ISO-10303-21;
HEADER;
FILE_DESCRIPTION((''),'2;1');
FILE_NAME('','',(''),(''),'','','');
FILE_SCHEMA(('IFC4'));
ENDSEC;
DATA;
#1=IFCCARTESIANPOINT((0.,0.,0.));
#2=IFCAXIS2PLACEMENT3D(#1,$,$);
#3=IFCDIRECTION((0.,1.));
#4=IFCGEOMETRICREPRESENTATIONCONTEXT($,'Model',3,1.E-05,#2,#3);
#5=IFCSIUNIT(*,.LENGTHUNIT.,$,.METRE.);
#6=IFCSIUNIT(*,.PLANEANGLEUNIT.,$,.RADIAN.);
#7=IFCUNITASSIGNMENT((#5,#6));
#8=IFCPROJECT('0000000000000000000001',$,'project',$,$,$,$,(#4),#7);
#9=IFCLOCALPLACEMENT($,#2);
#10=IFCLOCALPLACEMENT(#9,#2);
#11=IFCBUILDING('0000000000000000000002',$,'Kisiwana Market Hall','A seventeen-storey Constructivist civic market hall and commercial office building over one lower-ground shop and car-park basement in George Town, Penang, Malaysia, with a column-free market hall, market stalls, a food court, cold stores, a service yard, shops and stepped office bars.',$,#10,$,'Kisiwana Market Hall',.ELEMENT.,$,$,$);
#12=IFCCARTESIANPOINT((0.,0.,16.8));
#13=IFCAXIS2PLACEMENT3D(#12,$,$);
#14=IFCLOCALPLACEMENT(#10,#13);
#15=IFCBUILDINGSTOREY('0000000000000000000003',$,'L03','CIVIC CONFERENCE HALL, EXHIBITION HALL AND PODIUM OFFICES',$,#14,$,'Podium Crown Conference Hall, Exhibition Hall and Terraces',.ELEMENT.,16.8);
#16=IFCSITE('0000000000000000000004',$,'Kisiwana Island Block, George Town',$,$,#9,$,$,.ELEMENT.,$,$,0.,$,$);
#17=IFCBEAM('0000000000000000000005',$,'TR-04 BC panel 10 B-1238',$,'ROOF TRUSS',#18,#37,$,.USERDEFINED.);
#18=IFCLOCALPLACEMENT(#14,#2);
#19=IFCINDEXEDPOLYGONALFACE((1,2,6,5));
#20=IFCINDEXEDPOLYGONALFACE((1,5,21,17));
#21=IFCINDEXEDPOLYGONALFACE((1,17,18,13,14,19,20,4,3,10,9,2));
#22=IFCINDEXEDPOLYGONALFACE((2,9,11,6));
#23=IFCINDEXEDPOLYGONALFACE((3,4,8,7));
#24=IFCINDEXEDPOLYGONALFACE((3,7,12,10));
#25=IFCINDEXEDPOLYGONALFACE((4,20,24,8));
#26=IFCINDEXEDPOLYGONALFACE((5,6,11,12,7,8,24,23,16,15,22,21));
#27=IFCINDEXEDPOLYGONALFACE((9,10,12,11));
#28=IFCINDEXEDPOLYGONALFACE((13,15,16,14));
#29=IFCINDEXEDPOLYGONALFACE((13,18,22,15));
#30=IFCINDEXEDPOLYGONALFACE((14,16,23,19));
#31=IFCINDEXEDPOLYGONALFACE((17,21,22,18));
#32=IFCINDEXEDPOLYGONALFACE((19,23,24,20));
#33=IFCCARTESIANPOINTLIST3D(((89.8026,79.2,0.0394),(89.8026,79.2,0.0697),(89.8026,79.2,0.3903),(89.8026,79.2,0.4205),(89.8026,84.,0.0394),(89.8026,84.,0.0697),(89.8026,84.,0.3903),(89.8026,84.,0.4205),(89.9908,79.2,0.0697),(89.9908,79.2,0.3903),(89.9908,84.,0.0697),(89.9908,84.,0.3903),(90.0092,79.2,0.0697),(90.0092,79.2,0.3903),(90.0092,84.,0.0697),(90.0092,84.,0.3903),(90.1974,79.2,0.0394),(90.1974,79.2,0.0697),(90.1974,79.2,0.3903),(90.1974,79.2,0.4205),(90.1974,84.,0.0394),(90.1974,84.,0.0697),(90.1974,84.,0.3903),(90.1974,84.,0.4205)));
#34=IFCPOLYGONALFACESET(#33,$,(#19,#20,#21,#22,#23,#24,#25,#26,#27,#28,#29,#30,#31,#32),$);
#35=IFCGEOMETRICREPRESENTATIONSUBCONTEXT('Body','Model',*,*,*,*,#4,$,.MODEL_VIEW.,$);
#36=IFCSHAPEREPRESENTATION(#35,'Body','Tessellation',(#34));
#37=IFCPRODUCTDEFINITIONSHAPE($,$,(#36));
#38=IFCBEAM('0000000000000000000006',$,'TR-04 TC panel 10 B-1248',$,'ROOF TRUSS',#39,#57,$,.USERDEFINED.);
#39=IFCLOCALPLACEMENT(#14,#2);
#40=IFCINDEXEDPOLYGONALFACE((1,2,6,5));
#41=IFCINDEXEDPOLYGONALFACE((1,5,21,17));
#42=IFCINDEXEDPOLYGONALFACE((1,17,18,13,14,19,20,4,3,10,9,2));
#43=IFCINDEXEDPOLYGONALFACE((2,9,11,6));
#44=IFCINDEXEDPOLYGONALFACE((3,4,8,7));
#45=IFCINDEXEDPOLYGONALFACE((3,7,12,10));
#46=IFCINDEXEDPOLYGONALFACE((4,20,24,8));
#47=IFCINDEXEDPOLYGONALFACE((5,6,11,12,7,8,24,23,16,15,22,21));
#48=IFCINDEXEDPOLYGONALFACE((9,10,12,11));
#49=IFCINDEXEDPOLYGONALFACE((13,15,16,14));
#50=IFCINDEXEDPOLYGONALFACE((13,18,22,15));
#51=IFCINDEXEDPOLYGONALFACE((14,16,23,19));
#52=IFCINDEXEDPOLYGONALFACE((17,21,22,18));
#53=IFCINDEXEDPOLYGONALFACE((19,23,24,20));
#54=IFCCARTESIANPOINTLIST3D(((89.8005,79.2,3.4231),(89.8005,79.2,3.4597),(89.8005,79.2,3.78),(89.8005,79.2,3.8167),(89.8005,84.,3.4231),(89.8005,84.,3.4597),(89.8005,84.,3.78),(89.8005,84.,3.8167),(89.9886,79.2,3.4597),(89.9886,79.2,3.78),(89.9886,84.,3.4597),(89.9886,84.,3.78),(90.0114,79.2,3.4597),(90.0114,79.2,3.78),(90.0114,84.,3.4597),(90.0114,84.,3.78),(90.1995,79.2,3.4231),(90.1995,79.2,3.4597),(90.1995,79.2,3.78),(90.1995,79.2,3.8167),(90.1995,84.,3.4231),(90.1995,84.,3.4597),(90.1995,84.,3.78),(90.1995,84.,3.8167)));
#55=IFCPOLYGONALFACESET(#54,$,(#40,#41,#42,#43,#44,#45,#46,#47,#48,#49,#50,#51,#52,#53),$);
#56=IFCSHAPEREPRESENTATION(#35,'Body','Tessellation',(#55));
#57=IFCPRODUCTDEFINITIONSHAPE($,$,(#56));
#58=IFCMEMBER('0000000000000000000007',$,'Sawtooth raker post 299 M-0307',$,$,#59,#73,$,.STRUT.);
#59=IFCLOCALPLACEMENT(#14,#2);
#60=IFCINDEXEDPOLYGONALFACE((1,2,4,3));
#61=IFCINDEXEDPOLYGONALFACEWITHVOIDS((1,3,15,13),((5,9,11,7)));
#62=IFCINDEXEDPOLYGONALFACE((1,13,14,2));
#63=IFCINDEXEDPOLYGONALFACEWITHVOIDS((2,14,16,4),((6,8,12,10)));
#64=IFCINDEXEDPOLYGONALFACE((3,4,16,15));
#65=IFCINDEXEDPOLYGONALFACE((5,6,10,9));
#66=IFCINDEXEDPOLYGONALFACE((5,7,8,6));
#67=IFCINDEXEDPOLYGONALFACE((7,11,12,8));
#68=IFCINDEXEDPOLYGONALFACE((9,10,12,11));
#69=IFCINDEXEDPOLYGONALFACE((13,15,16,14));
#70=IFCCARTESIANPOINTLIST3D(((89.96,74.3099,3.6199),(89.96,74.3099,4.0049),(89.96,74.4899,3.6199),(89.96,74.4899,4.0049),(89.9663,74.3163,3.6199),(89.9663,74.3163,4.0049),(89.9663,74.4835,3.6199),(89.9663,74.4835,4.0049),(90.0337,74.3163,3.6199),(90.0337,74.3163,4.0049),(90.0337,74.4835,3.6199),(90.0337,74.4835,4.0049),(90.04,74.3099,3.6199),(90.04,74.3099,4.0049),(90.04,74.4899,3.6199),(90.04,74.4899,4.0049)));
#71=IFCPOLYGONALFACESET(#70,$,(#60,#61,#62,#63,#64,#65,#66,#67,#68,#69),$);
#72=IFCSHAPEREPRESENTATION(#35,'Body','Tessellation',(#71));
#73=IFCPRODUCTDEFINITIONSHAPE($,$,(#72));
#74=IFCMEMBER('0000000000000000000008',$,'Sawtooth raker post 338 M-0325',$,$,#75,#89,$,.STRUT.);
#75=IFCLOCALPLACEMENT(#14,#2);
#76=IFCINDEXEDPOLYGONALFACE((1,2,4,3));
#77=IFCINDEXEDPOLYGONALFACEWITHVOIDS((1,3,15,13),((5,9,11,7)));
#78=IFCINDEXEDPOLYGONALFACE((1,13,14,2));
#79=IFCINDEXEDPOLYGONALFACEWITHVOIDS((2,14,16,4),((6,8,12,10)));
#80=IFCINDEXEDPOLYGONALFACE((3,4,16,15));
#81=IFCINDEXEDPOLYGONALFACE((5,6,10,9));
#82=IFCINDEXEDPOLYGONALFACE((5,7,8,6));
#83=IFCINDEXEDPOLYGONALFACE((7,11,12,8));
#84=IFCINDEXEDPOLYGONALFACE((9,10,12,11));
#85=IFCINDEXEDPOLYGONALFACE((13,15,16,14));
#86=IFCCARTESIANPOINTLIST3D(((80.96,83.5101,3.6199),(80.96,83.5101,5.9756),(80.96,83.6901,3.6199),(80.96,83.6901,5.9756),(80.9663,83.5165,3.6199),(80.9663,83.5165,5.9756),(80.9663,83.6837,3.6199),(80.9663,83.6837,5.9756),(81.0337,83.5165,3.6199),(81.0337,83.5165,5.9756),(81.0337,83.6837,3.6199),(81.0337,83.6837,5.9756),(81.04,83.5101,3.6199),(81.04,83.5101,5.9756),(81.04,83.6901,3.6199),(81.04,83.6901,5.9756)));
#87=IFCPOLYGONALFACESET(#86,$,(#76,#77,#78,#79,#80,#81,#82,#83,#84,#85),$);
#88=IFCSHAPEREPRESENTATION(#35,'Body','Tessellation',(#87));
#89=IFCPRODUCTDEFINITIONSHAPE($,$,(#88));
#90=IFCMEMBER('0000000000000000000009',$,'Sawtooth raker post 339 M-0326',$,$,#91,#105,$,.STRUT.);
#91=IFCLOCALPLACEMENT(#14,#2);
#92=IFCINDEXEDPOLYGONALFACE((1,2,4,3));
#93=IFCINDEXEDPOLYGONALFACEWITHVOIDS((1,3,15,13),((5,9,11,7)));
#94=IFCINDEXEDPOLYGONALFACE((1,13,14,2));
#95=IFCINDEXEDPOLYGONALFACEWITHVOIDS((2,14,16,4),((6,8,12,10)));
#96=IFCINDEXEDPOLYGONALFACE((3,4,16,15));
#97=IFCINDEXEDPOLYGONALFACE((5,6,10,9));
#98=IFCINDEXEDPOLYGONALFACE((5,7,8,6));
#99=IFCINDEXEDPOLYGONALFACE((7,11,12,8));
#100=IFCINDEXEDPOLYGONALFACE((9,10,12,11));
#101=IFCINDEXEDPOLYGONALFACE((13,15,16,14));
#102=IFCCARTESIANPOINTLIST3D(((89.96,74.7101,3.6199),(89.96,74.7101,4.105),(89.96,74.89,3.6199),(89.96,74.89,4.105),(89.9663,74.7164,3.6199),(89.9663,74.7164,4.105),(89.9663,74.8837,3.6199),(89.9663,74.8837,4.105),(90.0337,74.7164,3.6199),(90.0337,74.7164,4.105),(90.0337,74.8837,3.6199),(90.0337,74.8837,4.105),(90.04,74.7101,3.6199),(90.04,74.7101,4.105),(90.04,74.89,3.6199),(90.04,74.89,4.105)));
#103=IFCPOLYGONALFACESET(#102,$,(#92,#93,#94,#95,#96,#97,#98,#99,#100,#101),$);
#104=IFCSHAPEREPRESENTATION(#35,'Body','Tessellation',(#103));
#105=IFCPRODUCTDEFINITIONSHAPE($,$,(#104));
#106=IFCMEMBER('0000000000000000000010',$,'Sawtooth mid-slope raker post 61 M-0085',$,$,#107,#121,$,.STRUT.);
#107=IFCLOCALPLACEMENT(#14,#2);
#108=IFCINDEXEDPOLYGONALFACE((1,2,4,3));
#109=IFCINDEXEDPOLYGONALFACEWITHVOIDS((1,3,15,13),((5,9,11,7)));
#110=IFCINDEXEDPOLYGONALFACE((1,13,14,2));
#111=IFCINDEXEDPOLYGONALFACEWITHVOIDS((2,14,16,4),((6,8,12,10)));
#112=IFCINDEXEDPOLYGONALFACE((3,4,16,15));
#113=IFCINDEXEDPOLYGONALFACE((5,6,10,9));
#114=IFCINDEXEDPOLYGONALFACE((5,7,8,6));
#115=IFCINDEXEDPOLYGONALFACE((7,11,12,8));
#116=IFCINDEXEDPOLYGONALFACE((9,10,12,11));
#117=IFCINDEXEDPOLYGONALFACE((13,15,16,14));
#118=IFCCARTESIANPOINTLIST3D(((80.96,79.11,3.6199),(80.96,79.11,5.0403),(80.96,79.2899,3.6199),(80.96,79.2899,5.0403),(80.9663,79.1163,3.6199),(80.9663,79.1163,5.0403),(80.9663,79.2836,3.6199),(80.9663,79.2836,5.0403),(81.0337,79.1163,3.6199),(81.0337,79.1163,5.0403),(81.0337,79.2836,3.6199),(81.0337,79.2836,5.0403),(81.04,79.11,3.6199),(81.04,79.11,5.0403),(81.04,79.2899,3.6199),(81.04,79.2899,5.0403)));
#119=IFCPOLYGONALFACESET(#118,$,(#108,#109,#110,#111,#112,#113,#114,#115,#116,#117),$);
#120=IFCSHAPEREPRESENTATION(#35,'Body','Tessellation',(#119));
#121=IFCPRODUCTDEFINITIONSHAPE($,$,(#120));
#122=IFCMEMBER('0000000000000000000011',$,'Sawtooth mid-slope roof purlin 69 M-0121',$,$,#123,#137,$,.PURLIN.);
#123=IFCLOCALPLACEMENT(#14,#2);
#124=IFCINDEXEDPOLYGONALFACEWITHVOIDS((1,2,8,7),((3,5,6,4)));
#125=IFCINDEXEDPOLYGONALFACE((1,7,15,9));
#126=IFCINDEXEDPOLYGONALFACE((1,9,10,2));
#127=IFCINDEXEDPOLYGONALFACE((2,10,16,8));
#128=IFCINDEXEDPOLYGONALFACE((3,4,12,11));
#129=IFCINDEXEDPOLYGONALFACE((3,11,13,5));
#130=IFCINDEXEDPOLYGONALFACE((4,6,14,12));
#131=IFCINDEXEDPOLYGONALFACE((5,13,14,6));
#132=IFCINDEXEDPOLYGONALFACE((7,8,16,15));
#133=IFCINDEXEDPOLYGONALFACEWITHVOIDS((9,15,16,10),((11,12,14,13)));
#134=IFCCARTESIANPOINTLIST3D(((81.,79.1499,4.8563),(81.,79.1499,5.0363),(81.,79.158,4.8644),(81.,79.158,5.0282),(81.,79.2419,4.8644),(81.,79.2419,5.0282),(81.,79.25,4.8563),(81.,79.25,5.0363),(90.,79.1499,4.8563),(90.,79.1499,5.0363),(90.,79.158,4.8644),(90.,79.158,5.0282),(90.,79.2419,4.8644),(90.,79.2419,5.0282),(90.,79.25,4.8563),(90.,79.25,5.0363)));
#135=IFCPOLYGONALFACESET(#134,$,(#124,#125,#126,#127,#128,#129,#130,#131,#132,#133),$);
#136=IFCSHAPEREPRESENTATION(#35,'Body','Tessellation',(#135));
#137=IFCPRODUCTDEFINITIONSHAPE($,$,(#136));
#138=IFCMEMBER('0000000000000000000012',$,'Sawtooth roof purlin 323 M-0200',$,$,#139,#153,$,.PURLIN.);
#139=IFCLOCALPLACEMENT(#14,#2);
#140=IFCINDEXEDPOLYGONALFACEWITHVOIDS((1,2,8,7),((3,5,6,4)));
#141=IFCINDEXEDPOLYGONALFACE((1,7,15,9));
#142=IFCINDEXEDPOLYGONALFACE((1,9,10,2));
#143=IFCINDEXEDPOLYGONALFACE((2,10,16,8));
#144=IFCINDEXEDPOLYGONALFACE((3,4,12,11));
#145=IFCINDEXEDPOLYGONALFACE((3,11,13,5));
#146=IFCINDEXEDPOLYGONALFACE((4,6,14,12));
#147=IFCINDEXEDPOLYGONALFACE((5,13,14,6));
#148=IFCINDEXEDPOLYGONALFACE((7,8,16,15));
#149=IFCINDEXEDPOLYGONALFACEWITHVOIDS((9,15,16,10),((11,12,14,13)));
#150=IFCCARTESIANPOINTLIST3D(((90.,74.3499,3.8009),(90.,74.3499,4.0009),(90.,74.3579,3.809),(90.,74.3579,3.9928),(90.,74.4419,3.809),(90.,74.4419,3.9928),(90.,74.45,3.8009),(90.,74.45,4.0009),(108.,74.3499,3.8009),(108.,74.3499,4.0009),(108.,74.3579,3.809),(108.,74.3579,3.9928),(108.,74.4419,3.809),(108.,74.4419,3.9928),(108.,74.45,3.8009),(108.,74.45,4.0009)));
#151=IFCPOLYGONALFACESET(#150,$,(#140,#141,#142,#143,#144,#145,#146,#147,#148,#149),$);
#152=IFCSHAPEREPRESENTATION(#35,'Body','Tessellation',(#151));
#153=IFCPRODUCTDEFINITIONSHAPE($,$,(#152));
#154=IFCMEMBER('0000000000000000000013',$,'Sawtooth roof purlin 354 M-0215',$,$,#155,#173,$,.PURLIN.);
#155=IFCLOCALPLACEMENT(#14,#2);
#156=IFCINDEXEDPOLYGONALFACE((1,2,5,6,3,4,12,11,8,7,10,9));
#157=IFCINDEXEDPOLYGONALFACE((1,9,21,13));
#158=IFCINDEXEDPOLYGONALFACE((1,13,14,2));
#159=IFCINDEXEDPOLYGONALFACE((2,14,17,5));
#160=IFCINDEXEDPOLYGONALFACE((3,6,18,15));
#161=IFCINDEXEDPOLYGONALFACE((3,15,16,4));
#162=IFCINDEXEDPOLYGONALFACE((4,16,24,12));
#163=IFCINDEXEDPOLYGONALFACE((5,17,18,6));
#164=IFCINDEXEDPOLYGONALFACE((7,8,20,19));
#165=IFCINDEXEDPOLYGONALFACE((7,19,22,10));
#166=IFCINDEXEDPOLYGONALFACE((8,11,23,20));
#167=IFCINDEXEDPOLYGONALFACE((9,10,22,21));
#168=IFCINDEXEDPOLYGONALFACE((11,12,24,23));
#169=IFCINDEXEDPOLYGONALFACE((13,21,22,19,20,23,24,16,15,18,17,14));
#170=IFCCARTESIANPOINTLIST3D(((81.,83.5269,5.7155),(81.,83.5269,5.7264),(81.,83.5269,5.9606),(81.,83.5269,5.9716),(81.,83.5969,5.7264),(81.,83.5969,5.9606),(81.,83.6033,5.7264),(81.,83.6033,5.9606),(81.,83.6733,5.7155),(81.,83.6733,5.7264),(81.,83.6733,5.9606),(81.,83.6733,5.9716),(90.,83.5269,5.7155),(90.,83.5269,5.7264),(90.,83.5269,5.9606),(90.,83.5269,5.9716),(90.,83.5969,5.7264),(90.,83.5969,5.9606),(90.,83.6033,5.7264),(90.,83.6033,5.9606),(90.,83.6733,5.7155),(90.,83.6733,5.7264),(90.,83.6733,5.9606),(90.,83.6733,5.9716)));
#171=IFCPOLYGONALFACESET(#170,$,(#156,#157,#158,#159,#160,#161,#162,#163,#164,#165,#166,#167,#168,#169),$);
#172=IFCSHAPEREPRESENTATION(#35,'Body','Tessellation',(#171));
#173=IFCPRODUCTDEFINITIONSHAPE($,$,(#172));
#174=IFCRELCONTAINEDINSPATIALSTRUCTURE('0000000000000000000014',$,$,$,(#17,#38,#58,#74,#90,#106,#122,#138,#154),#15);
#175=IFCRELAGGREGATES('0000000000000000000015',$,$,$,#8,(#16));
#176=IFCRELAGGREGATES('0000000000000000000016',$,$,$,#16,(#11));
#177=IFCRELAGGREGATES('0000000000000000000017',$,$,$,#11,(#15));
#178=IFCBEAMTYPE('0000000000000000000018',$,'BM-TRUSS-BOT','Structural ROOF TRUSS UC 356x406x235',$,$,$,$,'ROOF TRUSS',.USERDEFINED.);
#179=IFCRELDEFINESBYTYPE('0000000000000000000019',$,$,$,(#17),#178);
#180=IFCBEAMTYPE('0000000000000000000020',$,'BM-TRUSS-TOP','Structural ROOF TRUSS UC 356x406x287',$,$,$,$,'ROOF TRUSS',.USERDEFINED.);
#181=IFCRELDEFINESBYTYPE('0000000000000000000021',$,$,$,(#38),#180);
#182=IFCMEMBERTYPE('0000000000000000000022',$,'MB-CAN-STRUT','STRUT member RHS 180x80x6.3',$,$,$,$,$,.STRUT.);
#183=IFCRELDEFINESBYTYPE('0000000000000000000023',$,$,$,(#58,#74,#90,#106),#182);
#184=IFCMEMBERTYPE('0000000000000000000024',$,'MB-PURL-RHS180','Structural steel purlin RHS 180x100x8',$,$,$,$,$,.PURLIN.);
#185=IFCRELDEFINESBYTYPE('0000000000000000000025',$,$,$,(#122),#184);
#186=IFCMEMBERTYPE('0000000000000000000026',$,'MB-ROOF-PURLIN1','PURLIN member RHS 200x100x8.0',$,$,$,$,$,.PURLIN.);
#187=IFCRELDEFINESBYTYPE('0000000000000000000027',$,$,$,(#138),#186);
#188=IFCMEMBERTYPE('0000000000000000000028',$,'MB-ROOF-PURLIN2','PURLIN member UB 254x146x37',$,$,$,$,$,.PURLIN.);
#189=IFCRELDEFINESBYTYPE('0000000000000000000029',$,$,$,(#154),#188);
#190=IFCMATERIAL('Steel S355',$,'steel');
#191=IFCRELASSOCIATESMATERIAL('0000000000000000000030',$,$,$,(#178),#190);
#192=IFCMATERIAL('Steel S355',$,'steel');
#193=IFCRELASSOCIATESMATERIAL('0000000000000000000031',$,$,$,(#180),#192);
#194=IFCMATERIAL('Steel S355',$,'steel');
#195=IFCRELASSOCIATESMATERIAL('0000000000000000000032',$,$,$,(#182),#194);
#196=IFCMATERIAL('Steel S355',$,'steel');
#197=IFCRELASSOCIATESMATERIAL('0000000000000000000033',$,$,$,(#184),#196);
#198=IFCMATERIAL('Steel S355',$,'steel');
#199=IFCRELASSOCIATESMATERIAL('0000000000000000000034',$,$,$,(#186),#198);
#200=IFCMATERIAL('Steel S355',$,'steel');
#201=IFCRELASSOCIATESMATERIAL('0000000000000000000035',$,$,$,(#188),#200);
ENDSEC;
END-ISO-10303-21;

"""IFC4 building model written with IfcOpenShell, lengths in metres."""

from ifc_helpers import new_model, si_unit, direction, frame, origin, origin_2d, place, context, subcontext, project, spatial, hollow_rectangle, i_section, extrude, material, material_profile, profile_set, type_object, element, save


model = new_model("IFC4")

# Units and contexts
model_context = context("Model", 3, precision=1e-05, world=origin(), true_north=direction((0.0, 1.0)))
body_context = subcontext(model_context, "Body", "Model", "MODEL_VIEW")
ifc_project = project(units=[si_unit("LENGTHUNIT", "METRE"), si_unit("PLANEANGLEUNIT", "RADIAN")], contexts=[model_context])

# Site, building, storey
site_placement = place(None, origin())
site = spatial("IfcSite", under=ifc_project, at=site_placement, Name="Kisiwana Island Block, George Town", CompositionType="ELEMENT", RefElevation=0.0)
building_placement = place(site_placement, origin())
building = spatial("IfcBuilding", under=site, at=building_placement, Name="Kisiwana Market Hall", Description="A seventeen-storey Constructivist civic market hall and commercial office building over one lower-ground shop and car-park basement in George Town, Penang, Malaysia, with a column-free market hall, market stalls, a food court, cold stores, a service yard, shops and stepped office bars.", LongName="Kisiwana Market Hall", CompositionType="ELEMENT")
storey_placement = place(building_placement, frame((0.0, 0.0, 16.8)))
storey = spatial("IfcBuildingStorey", under=building, at=storey_placement, Name="L03", Description="CIVIC CONFERENCE HALL, EXHIBITION HALL AND PODIUM OFFICES", LongName="Podium Crown Conference Hall, Exhibition Hall and Terraces", CompositionType="ELEMENT", Elevation=16.8)

# Beams
ifc_material_1 = material(Name="Steel S355", Category="steel")
ifc_material_profile_1 = material_profile(ifc_material_1, i_section(OverallWidth=0.3948, OverallDepth=0.3811, WebThickness=0.0183, FlangeThickness=0.0303, at=origin_2d()), Name="UC 356x406x235")
ifc_profile_set_1 = profile_set([ifc_material_profile_1], Name="Steel S355")
beam_type_1 = type_object("IfcBeamType", Name="BM-TRUSS-BOT", Description="Structural ROOF TRUSS UC 356x406x235", ElementType="ROOF TRUSS", PredefinedType="USERDEFINED", material=ifc_profile_set_1)
for number, where, z_axis, x_axis, name in (
    (1, (90.0, 79.2, 0.23), (0.0, 1.0, 0.0), (-1.0, 0.0, 0.0), "TR-04 BC panel 10 B-1238"),
):
    element("IfcBeam", number, at=place(storey_placement, frame(where, z_axis=z_axis, x_axis=x_axis)), inside=storey, type_object=beam_type_1, Name=name, ObjectType="ROOF TRUSS", PredefinedType="USERDEFINED", context=body_context, shape_type="SweptSolid", body=[
        extrude(i_section(OverallWidth=0.3948, OverallDepth=0.3811, WebThickness=0.0183, FlangeThickness=0.0303, at=origin_2d()), origin(), (0.0, 0.0, 1.0), 4.8),
    ])
ifc_material_2 = material(Name="Steel S355", Category="steel")
ifc_material_profile_2 = material_profile(ifc_material_2, i_section(OverallWidth=0.3989, OverallDepth=0.3936, WebThickness=0.0227, FlangeThickness=0.0366, at=origin_2d()), Name="UC 356x406x287")
ifc_profile_set_2 = profile_set([ifc_material_profile_2], Name="Steel S355")
beam_type_2 = type_object("IfcBeamType", Name="BM-TRUSS-TOP", Description="Structural ROOF TRUSS UC 356x406x287", ElementType="ROOF TRUSS", PredefinedType="USERDEFINED", material=ifc_profile_set_2)
beam_1_placement = place(storey_placement, frame((90.0, 79.2, 3.6199), z_axis=(0.0, 1.0, 0.0), x_axis=(-1.0, 0.0, 0.0)))
element("IfcBeam", 2, at=beam_1_placement, inside=storey, type_object=beam_type_2, Name="TR-04 TC panel 10 B-1248", ObjectType="ROOF TRUSS", PredefinedType="USERDEFINED", context=body_context, shape_type="SweptSolid", body=[
    extrude(i_section(OverallWidth=0.3989, OverallDepth=0.3936, WebThickness=0.0227, FlangeThickness=0.0366, at=origin_2d()), origin(), (0.0, 0.0, 1.0), 4.8),
])

# Members
ifc_material_3 = material(Name="Steel S355", Category="steel")
ifc_material_profile_3 = material_profile(ifc_material_3, hollow_rectangle(XDim=0.0801, YDim=0.1799, WallThickness=0.0063, at=origin_2d()), Name="RHS 180x80x6.3")
ifc_profile_set_3 = profile_set([ifc_material_profile_3], Name="Steel S355")
member_type_1 = type_object("IfcMemberType", Name="MB-CAN-STRUT", Description="STRUT member RHS 180x80x6.3", PredefinedType="STRUT", material=ifc_profile_set_3)
member_1_placement = place(storey_placement, frame((90.0, 74.3999, 3.6199), z_axis=(0.0, 0.0, 1.0), x_axis=(1.0, 0.0, 0.0)))
element("IfcMember", 3, at=member_1_placement, inside=storey, type_object=member_type_1, Name="Sawtooth raker post 299 M-0307", PredefinedType="STRUT", context=body_context, shape_type="SweptSolid", body=[
    extrude(hollow_rectangle(XDim=0.0801, YDim=0.1799, WallThickness=0.0063, at=origin_2d()), origin(), (0.0, 0.0, 1.0), 0.385),
])
member_2_placement = place(storey_placement, frame((81.0, 83.6001, 3.6199), z_axis=(0.0, 0.0, 1.0), x_axis=(1.0, 0.0, 0.0)))
element("IfcMember", 4, at=member_2_placement, inside=storey, type_object=member_type_1, Name="Sawtooth raker post 338 M-0325", PredefinedType="STRUT", context=body_context, shape_type="SweptSolid", body=[
    extrude(hollow_rectangle(XDim=0.0801, YDim=0.1799, WallThickness=0.0063, at=origin_2d()), origin(), (0.0, 0.0, 1.0), 2.3557),
])
member_3_placement = place(storey_placement, frame((90.0, 74.8, 3.6199), z_axis=(0.0, 0.0, 1.0), x_axis=(1.0, 0.0, 0.0)))
element("IfcMember", 5, at=member_3_placement, inside=storey, type_object=member_type_1, Name="Sawtooth raker post 339 M-0326", PredefinedType="STRUT", context=body_context, shape_type="SweptSolid", body=[
    extrude(hollow_rectangle(XDim=0.0801, YDim=0.1799, WallThickness=0.0063, at=origin_2d()), origin(), (0.0, 0.0, 1.0), 0.4851),
])
member_4_placement = place(storey_placement, frame((81.0, 79.2, 3.6199), z_axis=(0.0, 0.0, 1.0), x_axis=(1.0, 0.0, 0.0)))
element("IfcMember", 6, at=member_4_placement, inside=storey, type_object=member_type_1, Name="Sawtooth mid-slope raker post 61 M-0085", PredefinedType="STRUT", context=body_context, shape_type="SweptSolid", body=[
    extrude(hollow_rectangle(XDim=0.0801, YDim=0.1799, WallThickness=0.0063, at=origin_2d()), origin(), (0.0, 0.0, 1.0), 1.4204),
])
ifc_material_4 = material(Name="Steel S355", Category="steel")
ifc_material_profile_4 = material_profile(ifc_material_4, hollow_rectangle(XDim=0.1001, YDim=0.1799, WallThickness=0.0081, at=origin_2d()), Name="RHS 180x100x8")
ifc_profile_set_4 = profile_set([ifc_material_profile_4], Name="Steel S355")
member_type_2 = type_object("IfcMemberType", Name="MB-PURL-RHS180", Description="Structural steel purlin RHS 180x100x8", PredefinedType="PURLIN", material=ifc_profile_set_4)
member_5_placement = place(storey_placement, frame((81.0, 79.2, 4.9463), z_axis=(1.0, 0.0, 0.0), x_axis=(0.0, 1.0, 0.0)))
element("IfcMember", 7, at=member_5_placement, inside=storey, type_object=member_type_2, Name="Sawtooth mid-slope roof purlin 69 M-0121", PredefinedType="PURLIN", context=body_context, shape_type="SweptSolid", body=[
    extrude(hollow_rectangle(XDim=0.1001, YDim=0.1799, WallThickness=0.0081, at=origin_2d()), origin(), (0.0, 0.0, 1.0), 9.0),
])
ifc_material_5 = material(Name="Steel S355", Category="steel")
ifc_material_profile_5 = material_profile(ifc_material_5, hollow_rectangle(XDim=0.1001, YDim=0.2, WallThickness=0.0081, at=origin_2d()), Name="RHS 200x100x8.0")
ifc_profile_set_5 = profile_set([ifc_material_profile_5], Name="Steel S355")
member_type_3 = type_object("IfcMemberType", Name="MB-ROOF-PURLIN1", Description="PURLIN member RHS 200x100x8.0", PredefinedType="PURLIN", material=ifc_profile_set_5)
member_6_placement = place(storey_placement, frame((90.0, 74.3999, 3.9009), z_axis=(1.0, 0.0, 0.0), x_axis=(0.0, 1.0, 0.0)))
element("IfcMember", 8, at=member_6_placement, inside=storey, type_object=member_type_3, Name="Sawtooth roof purlin 323 M-0200", PredefinedType="PURLIN", context=body_context, shape_type="SweptSolid", body=[
    extrude(hollow_rectangle(XDim=0.1001, YDim=0.2, WallThickness=0.0081, at=origin_2d()), origin(), (0.0, 0.0, 1.0), 18.0),
])
ifc_material_6 = material(Name="Steel S355", Category="steel")
ifc_material_profile_6 = material_profile(ifc_material_6, i_section(OverallWidth=0.1465, OverallDepth=0.2561, WebThickness=0.0063, FlangeThickness=0.011, at=origin_2d()), Name="UB 254x146x37")
ifc_profile_set_6 = profile_set([ifc_material_profile_6], Name="Steel S355")
member_type_4 = type_object("IfcMemberType", Name="MB-ROOF-PURLIN2", Description="PURLIN member UB 254x146x37", PredefinedType="PURLIN", material=ifc_profile_set_6)
member_7_placement = place(storey_placement, frame((81.0, 83.6001, 5.8435), z_axis=(1.0, 0.0, 0.0), x_axis=(0.0, 1.0, 0.0)))
element("IfcMember", 9, at=member_7_placement, inside=storey, type_object=member_type_4, Name="Sawtooth roof purlin 354 M-0215", PredefinedType="PURLIN", context=body_context, shape_type="SweptSolid", body=[
    extrude(i_section(OverallWidth=0.1465, OverallDepth=0.2561, WebThickness=0.0063, FlangeThickness=0.011, at=origin_2d()), origin(), (0.0, 0.0, 1.0), 9.0),
])

save(model, "model.ifc")
